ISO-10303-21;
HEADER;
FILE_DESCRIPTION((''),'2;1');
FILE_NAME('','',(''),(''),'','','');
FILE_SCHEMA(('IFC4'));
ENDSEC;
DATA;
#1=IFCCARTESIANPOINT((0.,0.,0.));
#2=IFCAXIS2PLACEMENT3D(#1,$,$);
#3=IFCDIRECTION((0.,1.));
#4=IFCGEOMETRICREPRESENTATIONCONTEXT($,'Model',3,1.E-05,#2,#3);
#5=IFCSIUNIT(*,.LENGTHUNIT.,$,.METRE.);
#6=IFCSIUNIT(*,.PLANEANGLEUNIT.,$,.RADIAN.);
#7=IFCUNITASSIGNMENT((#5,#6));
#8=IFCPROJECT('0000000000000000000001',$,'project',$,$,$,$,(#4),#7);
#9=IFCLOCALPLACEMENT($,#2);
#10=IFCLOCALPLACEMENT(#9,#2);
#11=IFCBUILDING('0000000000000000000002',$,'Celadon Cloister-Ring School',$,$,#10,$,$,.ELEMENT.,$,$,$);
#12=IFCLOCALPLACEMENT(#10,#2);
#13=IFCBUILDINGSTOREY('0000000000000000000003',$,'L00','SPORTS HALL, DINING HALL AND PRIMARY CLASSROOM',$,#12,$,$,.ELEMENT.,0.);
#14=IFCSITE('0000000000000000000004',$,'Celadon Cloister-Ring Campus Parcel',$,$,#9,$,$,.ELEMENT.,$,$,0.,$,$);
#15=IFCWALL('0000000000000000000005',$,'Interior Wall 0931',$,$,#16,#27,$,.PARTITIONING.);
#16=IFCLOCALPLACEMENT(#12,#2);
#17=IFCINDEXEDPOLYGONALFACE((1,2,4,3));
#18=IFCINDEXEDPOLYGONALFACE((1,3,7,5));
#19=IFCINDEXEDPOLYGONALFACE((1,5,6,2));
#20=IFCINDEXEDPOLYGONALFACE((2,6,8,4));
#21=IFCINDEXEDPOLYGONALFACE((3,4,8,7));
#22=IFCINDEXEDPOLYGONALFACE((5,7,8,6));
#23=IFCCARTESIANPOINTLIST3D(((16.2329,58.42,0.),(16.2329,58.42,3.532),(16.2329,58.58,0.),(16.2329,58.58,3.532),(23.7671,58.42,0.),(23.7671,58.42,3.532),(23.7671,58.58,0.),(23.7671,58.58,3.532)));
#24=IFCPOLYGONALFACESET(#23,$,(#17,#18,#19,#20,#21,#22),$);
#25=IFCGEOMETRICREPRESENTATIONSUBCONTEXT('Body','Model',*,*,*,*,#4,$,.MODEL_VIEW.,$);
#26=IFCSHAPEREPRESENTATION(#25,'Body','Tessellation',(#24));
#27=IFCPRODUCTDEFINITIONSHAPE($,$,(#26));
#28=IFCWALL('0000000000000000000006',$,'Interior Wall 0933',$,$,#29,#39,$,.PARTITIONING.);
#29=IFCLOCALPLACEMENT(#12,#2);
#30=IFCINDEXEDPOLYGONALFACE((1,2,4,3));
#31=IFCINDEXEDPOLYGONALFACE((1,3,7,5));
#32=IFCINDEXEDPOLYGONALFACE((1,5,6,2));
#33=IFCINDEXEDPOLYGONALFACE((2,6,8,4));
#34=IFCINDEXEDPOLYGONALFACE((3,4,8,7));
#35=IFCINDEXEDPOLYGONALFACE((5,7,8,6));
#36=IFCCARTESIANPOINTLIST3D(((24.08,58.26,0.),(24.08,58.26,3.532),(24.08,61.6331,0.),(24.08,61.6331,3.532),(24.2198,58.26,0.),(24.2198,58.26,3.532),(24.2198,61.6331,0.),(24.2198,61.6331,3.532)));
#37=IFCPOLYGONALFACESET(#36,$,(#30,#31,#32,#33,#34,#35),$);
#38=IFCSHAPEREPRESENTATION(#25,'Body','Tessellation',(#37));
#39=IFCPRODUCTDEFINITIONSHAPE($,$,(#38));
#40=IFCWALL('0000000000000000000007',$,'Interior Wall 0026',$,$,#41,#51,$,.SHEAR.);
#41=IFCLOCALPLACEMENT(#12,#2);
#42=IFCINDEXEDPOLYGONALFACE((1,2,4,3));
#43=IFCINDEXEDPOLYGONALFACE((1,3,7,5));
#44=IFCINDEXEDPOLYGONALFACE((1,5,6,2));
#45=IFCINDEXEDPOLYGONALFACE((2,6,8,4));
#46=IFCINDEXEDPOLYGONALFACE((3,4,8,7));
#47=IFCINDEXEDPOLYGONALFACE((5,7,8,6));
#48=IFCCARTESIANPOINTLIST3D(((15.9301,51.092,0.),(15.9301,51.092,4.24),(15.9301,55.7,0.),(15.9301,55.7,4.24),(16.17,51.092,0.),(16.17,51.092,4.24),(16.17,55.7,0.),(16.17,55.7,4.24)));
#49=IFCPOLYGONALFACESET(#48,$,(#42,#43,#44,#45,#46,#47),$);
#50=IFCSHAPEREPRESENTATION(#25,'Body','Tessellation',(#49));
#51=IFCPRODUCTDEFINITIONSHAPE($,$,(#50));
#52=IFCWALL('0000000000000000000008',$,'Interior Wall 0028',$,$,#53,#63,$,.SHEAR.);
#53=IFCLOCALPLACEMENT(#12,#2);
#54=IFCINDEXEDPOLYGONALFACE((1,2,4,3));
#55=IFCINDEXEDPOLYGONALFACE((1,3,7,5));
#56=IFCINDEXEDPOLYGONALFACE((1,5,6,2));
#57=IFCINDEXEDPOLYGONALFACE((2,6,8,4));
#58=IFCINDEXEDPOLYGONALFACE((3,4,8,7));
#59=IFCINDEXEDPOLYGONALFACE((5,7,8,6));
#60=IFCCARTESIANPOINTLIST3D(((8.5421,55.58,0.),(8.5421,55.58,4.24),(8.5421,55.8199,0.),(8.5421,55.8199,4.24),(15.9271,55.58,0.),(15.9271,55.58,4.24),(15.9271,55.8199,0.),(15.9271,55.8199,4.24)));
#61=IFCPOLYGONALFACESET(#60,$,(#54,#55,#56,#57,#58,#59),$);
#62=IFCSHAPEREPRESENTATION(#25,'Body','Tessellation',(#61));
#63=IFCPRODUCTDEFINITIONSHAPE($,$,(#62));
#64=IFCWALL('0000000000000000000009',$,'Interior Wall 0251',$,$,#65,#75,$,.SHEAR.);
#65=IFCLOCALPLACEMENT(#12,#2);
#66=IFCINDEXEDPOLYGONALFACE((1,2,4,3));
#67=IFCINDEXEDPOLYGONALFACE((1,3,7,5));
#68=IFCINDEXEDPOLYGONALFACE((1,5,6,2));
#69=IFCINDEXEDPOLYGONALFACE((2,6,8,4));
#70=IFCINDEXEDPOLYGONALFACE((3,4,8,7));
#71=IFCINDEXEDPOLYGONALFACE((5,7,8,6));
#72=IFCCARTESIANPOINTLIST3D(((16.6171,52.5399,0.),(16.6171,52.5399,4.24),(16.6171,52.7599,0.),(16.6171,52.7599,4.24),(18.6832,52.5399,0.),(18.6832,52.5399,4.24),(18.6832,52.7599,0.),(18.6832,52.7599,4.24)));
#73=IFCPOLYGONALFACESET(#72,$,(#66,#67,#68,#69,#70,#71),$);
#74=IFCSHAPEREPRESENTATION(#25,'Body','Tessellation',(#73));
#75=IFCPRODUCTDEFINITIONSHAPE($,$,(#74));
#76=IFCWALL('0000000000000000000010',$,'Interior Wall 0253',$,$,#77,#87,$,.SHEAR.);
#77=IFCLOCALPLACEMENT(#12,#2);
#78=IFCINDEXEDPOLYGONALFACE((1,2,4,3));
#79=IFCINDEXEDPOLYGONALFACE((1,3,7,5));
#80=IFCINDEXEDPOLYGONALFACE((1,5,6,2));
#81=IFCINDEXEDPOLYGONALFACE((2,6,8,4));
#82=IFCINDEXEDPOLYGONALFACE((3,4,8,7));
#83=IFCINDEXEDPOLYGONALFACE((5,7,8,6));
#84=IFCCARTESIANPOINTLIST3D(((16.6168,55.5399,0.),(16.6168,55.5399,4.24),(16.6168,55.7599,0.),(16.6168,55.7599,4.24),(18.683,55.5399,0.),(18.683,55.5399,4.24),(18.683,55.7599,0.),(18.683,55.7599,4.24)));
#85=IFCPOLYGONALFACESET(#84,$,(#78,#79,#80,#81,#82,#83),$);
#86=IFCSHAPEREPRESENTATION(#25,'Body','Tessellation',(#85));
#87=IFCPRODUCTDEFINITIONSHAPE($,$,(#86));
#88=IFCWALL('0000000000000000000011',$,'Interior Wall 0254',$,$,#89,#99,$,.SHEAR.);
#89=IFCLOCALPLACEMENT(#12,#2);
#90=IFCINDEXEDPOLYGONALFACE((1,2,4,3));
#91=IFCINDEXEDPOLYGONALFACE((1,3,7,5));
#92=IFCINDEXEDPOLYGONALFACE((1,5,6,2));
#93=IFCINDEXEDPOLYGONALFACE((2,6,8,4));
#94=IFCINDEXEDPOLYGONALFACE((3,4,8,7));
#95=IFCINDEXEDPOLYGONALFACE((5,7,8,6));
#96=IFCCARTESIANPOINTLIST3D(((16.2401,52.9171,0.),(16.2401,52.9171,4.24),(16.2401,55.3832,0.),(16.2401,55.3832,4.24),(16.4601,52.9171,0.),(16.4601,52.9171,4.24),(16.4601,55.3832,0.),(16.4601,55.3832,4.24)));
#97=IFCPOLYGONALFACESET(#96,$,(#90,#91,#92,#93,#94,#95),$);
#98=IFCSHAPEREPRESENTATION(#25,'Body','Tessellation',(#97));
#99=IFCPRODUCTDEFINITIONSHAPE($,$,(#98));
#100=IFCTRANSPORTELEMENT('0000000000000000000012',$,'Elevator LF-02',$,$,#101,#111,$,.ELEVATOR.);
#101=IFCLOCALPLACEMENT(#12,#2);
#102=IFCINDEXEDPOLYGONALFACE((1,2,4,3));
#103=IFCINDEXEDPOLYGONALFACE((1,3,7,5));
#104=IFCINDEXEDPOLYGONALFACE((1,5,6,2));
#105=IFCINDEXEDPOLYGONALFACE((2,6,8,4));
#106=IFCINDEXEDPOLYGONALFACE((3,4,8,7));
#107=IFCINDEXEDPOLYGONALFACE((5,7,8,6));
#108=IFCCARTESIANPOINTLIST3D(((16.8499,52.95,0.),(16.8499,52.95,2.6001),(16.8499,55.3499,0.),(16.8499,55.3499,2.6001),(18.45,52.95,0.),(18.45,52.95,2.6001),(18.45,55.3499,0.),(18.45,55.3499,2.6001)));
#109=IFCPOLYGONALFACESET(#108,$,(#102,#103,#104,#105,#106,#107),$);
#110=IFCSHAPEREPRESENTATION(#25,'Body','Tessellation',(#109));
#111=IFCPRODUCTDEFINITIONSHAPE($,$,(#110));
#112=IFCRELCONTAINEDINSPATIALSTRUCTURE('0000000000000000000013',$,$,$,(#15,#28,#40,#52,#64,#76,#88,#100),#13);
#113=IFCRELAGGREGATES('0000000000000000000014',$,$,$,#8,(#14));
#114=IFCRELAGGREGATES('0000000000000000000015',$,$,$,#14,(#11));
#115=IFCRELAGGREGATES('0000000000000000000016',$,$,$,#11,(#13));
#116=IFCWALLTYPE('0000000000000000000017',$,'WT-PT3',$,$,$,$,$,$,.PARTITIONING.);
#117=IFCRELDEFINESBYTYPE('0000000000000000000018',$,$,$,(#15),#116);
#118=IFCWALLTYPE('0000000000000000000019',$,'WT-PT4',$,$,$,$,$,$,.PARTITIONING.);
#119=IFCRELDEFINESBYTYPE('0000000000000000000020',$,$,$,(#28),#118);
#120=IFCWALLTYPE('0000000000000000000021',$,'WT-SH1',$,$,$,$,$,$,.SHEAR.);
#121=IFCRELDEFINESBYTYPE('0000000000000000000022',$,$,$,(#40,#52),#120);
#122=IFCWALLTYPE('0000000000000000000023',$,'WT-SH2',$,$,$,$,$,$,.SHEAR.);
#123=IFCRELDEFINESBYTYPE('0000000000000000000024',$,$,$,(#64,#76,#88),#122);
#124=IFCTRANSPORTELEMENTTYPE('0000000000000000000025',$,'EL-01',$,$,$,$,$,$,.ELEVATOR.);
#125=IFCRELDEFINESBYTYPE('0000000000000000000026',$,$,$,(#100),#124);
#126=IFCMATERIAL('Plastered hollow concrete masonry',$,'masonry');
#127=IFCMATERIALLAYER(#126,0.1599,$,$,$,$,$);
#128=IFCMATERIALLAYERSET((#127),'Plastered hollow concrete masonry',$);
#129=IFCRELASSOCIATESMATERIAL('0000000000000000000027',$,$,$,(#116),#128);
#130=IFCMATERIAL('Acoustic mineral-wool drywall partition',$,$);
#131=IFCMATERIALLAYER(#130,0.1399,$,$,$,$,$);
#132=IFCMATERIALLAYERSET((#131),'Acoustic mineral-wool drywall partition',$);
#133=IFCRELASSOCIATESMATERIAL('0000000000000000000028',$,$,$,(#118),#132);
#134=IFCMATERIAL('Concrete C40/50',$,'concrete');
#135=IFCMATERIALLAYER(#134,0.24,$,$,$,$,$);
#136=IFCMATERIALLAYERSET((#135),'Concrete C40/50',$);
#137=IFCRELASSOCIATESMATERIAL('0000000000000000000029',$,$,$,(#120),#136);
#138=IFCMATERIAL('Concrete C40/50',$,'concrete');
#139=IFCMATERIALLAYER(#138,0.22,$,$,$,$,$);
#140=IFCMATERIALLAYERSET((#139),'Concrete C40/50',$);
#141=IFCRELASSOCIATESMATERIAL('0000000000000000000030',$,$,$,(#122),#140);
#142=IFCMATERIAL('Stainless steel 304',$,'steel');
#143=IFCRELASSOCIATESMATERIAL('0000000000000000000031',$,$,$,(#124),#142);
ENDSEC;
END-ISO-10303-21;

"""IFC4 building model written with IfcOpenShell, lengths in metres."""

from ifc_helpers import new_model, si_unit, direction, frame, frame_2d, origin, origin_2d, place, context, subcontext, project, spatial, rectangle, extrude, material, layer, layer_set, type_object, element, save


model = new_model("IFC4")

# Units and contexts
model_context = context("Model", 3, precision=1e-05, world=origin(), true_north=direction((0.0, 1.0)))
body_context = subcontext(model_context, "Body", "Model", "MODEL_VIEW")
ifc_project = project(units=[si_unit("LENGTHUNIT", "METRE"), si_unit("PLANEANGLEUNIT", "RADIAN")], contexts=[model_context])

# Site, building, storey
site_placement = place(None, origin())
site = spatial("IfcSite", under=ifc_project, at=site_placement, Name="Celadon Cloister-Ring Campus Parcel", CompositionType="ELEMENT", RefElevation=0.0)
building_placement = place(site_placement, origin())
building = spatial("IfcBuilding", under=site, at=building_placement, Name="Celadon Cloister-Ring School", CompositionType="ELEMENT")
storey_placement = place(building_placement, origin())
storey = spatial("IfcBuildingStorey", under=building, at=storey_placement, Name="L00", Description="SPORTS HALL, DINING HALL AND PRIMARY CLASSROOM", CompositionType="ELEMENT", Elevation=0.0)

# Walls
ifc_material_1 = material(Name="Plastered hollow concrete masonry", Category="masonry")
ifc_layer_1 = layer(ifc_material_1, 0.1599)
ifc_layer_set_1 = layer_set([ifc_layer_1], Name="Plastered hollow concrete masonry")
wall_type_1 = type_object("IfcWallType", Name="WT-PT3", PredefinedType="PARTITIONING", material=ifc_layer_set_1)
wall_1_placement = place(storey_placement, frame((23.7671, 58.5, 0.0), z_axis=(0.0, 0.0, 1.0), x_axis=(-1.0, 0.0, 0.0)))
element("IfcWall", 1, at=wall_1_placement, inside=storey, type_object=wall_type_1, Name="Interior Wall 0931", PredefinedType="PARTITIONING", context=body_context, shape_type="SweptSolid", body=[
    extrude(rectangle(XDim=7.5342, YDim=0.1599, at=frame_2d((3.7671, 0.0))), origin(), (0.0, 0.0, 1.0), 3.532),
])
ifc_material_2 = material(Name="Acoustic mineral-wool drywall partition")
ifc_layer_2 = layer(ifc_material_2, 0.1399)
ifc_layer_set_2 = layer_set([ifc_layer_2], Name="Acoustic mineral-wool drywall partition")
wall_type_2 = type_object("IfcWallType", Name="WT-PT4", PredefinedType="PARTITIONING", material=ifc_layer_set_2)
wall_2_placement = place(storey_placement, frame((24.1499, 58.26, 0.0), z_axis=(0.0, 0.0, 1.0), x_axis=(0.0, 1.0, 0.0)))
element("IfcWall", 2, at=wall_2_placement, inside=storey, type_object=wall_type_2, Name="Interior Wall 0933", PredefinedType="PARTITIONING", context=body_context, shape_type="SweptSolid", body=[
    extrude(rectangle(XDim=3.373, YDim=0.1399, at=frame_2d((1.6865, 0.0))), origin(), (0.0, 0.0, 1.0), 3.532),
])
ifc_material_3 = material(Name="Concrete C40/50", Category="concrete")
ifc_layer_3 = layer(ifc_material_3, 0.24)
ifc_layer_set_3 = layer_set([ifc_layer_3], Name="Concrete C40/50")
wall_type_3 = type_object("IfcWallType", Name="WT-SH1", PredefinedType="SHEAR", material=ifc_layer_set_3)
wall_3_placement = place(storey_placement, frame((16.05, 55.7, 0.0), z_axis=(0.0, 0.0, 1.0), x_axis=(0.0, -1.0, 0.0)))
element("IfcWall", 3, at=wall_3_placement, inside=storey, type_object=wall_type_3, Name="Interior Wall 0026", PredefinedType="SHEAR", context=body_context, shape_type="SweptSolid", body=[
    extrude(rectangle(XDim=4.6079, YDim=0.24, at=frame_2d((2.304, 0.0))), origin(), (0.0, 0.0, 1.0), 4.24),
])
wall_4_placement = place(storey_placement, frame((15.927, 55.7, 0.0), z_axis=(0.0, 0.0, 1.0), x_axis=(-1.0, 0.0, 0.0)))
element("IfcWall", 4, at=wall_4_placement, inside=storey, type_object=wall_type_3, Name="Interior Wall 0028", PredefinedType="SHEAR", context=body_context, shape_type="SweptSolid", body=[
    extrude(rectangle(XDim=7.385, YDim=0.24, at=frame_2d((3.6924, 0.0))), origin(), (0.0, 0.0, 1.0), 4.24),
])
ifc_material_4 = material(Name="Concrete C40/50", Category="concrete")
ifc_layer_4 = layer(ifc_material_4, 0.22)
ifc_layer_set_4 = layer_set([ifc_layer_4], Name="Concrete C40/50")
wall_type_4 = type_object("IfcWallType", Name="WT-SH2", PredefinedType="SHEAR", material=ifc_layer_set_4)
wall_5_placement = place(storey_placement, frame((16.6169, 52.6499, 0.0), z_axis=(0.0, 0.0, 1.0), x_axis=(1.0, 0.0, 0.0)))
element("IfcWall", 5, at=wall_5_placement, inside=storey, type_object=wall_type_4, Name="Interior Wall 0251", PredefinedType="SHEAR", context=body_context, shape_type="SweptSolid", body=[
    extrude(rectangle(XDim=2.0662, YDim=0.22, at=frame_2d((1.0332, 0.0))), origin(), (0.0, 0.0, 1.0), 4.24),
])

# Walls
wall_6_placement = place(storey_placement, frame((18.6831, 55.6499, 0.0), z_axis=(0.0, 0.0, 1.0), x_axis=(-1.0, 0.0, 0.0)))
element("IfcWall", 6, at=wall_6_placement, inside=storey, type_object=wall_type_4, Name="Interior Wall 0253", PredefinedType="SHEAR", context=body_context, shape_type="SweptSolid", body=[
    extrude(rectangle(XDim=2.0662, YDim=0.22, at=frame_2d((1.0332, 0.0))), origin(), (0.0, 0.0, 1.0), 4.24),
])
wall_7_placement = place(storey_placement, frame((16.3501, 55.3831, 0.0), z_axis=(0.0, 0.0, 1.0), x_axis=(0.0, -1.0, 0.0)))
element("IfcWall", 7, at=wall_7_placement, inside=storey, type_object=wall_type_4, Name="Interior Wall 0254", PredefinedType="SHEAR", context=body_context, shape_type="SweptSolid", body=[
    extrude(rectangle(XDim=2.4661, YDim=0.22, at=frame_2d((1.2329, 0.0))), origin(), (0.0, 0.0, 1.0), 4.24),
])

# Transport element
ifc_material_5 = material(Name="Stainless steel 304", Category="steel")
transport_element_type = type_object("IfcTransportElementType", Name="EL-01", PredefinedType="ELEVATOR", material=ifc_material_5)
transport_element_placement = place(storey_placement, frame((17.6499, 54.1499, 0.0), z_axis=(0.0, 0.0, 1.0), x_axis=(1.0, 0.0, 0.0)))
element("IfcTransportElement", 8, at=transport_element_placement, inside=storey, type_object=transport_element_type, Name="Elevator LF-02", PredefinedType="ELEVATOR", context=body_context, shape_type="SweptSolid", body=[
    extrude(rectangle(XDim=1.6001, YDim=2.3999, at=origin_2d()), origin(), (0.0, 0.0, 1.0), 2.6001),
])

save(model, "model.ifc")
